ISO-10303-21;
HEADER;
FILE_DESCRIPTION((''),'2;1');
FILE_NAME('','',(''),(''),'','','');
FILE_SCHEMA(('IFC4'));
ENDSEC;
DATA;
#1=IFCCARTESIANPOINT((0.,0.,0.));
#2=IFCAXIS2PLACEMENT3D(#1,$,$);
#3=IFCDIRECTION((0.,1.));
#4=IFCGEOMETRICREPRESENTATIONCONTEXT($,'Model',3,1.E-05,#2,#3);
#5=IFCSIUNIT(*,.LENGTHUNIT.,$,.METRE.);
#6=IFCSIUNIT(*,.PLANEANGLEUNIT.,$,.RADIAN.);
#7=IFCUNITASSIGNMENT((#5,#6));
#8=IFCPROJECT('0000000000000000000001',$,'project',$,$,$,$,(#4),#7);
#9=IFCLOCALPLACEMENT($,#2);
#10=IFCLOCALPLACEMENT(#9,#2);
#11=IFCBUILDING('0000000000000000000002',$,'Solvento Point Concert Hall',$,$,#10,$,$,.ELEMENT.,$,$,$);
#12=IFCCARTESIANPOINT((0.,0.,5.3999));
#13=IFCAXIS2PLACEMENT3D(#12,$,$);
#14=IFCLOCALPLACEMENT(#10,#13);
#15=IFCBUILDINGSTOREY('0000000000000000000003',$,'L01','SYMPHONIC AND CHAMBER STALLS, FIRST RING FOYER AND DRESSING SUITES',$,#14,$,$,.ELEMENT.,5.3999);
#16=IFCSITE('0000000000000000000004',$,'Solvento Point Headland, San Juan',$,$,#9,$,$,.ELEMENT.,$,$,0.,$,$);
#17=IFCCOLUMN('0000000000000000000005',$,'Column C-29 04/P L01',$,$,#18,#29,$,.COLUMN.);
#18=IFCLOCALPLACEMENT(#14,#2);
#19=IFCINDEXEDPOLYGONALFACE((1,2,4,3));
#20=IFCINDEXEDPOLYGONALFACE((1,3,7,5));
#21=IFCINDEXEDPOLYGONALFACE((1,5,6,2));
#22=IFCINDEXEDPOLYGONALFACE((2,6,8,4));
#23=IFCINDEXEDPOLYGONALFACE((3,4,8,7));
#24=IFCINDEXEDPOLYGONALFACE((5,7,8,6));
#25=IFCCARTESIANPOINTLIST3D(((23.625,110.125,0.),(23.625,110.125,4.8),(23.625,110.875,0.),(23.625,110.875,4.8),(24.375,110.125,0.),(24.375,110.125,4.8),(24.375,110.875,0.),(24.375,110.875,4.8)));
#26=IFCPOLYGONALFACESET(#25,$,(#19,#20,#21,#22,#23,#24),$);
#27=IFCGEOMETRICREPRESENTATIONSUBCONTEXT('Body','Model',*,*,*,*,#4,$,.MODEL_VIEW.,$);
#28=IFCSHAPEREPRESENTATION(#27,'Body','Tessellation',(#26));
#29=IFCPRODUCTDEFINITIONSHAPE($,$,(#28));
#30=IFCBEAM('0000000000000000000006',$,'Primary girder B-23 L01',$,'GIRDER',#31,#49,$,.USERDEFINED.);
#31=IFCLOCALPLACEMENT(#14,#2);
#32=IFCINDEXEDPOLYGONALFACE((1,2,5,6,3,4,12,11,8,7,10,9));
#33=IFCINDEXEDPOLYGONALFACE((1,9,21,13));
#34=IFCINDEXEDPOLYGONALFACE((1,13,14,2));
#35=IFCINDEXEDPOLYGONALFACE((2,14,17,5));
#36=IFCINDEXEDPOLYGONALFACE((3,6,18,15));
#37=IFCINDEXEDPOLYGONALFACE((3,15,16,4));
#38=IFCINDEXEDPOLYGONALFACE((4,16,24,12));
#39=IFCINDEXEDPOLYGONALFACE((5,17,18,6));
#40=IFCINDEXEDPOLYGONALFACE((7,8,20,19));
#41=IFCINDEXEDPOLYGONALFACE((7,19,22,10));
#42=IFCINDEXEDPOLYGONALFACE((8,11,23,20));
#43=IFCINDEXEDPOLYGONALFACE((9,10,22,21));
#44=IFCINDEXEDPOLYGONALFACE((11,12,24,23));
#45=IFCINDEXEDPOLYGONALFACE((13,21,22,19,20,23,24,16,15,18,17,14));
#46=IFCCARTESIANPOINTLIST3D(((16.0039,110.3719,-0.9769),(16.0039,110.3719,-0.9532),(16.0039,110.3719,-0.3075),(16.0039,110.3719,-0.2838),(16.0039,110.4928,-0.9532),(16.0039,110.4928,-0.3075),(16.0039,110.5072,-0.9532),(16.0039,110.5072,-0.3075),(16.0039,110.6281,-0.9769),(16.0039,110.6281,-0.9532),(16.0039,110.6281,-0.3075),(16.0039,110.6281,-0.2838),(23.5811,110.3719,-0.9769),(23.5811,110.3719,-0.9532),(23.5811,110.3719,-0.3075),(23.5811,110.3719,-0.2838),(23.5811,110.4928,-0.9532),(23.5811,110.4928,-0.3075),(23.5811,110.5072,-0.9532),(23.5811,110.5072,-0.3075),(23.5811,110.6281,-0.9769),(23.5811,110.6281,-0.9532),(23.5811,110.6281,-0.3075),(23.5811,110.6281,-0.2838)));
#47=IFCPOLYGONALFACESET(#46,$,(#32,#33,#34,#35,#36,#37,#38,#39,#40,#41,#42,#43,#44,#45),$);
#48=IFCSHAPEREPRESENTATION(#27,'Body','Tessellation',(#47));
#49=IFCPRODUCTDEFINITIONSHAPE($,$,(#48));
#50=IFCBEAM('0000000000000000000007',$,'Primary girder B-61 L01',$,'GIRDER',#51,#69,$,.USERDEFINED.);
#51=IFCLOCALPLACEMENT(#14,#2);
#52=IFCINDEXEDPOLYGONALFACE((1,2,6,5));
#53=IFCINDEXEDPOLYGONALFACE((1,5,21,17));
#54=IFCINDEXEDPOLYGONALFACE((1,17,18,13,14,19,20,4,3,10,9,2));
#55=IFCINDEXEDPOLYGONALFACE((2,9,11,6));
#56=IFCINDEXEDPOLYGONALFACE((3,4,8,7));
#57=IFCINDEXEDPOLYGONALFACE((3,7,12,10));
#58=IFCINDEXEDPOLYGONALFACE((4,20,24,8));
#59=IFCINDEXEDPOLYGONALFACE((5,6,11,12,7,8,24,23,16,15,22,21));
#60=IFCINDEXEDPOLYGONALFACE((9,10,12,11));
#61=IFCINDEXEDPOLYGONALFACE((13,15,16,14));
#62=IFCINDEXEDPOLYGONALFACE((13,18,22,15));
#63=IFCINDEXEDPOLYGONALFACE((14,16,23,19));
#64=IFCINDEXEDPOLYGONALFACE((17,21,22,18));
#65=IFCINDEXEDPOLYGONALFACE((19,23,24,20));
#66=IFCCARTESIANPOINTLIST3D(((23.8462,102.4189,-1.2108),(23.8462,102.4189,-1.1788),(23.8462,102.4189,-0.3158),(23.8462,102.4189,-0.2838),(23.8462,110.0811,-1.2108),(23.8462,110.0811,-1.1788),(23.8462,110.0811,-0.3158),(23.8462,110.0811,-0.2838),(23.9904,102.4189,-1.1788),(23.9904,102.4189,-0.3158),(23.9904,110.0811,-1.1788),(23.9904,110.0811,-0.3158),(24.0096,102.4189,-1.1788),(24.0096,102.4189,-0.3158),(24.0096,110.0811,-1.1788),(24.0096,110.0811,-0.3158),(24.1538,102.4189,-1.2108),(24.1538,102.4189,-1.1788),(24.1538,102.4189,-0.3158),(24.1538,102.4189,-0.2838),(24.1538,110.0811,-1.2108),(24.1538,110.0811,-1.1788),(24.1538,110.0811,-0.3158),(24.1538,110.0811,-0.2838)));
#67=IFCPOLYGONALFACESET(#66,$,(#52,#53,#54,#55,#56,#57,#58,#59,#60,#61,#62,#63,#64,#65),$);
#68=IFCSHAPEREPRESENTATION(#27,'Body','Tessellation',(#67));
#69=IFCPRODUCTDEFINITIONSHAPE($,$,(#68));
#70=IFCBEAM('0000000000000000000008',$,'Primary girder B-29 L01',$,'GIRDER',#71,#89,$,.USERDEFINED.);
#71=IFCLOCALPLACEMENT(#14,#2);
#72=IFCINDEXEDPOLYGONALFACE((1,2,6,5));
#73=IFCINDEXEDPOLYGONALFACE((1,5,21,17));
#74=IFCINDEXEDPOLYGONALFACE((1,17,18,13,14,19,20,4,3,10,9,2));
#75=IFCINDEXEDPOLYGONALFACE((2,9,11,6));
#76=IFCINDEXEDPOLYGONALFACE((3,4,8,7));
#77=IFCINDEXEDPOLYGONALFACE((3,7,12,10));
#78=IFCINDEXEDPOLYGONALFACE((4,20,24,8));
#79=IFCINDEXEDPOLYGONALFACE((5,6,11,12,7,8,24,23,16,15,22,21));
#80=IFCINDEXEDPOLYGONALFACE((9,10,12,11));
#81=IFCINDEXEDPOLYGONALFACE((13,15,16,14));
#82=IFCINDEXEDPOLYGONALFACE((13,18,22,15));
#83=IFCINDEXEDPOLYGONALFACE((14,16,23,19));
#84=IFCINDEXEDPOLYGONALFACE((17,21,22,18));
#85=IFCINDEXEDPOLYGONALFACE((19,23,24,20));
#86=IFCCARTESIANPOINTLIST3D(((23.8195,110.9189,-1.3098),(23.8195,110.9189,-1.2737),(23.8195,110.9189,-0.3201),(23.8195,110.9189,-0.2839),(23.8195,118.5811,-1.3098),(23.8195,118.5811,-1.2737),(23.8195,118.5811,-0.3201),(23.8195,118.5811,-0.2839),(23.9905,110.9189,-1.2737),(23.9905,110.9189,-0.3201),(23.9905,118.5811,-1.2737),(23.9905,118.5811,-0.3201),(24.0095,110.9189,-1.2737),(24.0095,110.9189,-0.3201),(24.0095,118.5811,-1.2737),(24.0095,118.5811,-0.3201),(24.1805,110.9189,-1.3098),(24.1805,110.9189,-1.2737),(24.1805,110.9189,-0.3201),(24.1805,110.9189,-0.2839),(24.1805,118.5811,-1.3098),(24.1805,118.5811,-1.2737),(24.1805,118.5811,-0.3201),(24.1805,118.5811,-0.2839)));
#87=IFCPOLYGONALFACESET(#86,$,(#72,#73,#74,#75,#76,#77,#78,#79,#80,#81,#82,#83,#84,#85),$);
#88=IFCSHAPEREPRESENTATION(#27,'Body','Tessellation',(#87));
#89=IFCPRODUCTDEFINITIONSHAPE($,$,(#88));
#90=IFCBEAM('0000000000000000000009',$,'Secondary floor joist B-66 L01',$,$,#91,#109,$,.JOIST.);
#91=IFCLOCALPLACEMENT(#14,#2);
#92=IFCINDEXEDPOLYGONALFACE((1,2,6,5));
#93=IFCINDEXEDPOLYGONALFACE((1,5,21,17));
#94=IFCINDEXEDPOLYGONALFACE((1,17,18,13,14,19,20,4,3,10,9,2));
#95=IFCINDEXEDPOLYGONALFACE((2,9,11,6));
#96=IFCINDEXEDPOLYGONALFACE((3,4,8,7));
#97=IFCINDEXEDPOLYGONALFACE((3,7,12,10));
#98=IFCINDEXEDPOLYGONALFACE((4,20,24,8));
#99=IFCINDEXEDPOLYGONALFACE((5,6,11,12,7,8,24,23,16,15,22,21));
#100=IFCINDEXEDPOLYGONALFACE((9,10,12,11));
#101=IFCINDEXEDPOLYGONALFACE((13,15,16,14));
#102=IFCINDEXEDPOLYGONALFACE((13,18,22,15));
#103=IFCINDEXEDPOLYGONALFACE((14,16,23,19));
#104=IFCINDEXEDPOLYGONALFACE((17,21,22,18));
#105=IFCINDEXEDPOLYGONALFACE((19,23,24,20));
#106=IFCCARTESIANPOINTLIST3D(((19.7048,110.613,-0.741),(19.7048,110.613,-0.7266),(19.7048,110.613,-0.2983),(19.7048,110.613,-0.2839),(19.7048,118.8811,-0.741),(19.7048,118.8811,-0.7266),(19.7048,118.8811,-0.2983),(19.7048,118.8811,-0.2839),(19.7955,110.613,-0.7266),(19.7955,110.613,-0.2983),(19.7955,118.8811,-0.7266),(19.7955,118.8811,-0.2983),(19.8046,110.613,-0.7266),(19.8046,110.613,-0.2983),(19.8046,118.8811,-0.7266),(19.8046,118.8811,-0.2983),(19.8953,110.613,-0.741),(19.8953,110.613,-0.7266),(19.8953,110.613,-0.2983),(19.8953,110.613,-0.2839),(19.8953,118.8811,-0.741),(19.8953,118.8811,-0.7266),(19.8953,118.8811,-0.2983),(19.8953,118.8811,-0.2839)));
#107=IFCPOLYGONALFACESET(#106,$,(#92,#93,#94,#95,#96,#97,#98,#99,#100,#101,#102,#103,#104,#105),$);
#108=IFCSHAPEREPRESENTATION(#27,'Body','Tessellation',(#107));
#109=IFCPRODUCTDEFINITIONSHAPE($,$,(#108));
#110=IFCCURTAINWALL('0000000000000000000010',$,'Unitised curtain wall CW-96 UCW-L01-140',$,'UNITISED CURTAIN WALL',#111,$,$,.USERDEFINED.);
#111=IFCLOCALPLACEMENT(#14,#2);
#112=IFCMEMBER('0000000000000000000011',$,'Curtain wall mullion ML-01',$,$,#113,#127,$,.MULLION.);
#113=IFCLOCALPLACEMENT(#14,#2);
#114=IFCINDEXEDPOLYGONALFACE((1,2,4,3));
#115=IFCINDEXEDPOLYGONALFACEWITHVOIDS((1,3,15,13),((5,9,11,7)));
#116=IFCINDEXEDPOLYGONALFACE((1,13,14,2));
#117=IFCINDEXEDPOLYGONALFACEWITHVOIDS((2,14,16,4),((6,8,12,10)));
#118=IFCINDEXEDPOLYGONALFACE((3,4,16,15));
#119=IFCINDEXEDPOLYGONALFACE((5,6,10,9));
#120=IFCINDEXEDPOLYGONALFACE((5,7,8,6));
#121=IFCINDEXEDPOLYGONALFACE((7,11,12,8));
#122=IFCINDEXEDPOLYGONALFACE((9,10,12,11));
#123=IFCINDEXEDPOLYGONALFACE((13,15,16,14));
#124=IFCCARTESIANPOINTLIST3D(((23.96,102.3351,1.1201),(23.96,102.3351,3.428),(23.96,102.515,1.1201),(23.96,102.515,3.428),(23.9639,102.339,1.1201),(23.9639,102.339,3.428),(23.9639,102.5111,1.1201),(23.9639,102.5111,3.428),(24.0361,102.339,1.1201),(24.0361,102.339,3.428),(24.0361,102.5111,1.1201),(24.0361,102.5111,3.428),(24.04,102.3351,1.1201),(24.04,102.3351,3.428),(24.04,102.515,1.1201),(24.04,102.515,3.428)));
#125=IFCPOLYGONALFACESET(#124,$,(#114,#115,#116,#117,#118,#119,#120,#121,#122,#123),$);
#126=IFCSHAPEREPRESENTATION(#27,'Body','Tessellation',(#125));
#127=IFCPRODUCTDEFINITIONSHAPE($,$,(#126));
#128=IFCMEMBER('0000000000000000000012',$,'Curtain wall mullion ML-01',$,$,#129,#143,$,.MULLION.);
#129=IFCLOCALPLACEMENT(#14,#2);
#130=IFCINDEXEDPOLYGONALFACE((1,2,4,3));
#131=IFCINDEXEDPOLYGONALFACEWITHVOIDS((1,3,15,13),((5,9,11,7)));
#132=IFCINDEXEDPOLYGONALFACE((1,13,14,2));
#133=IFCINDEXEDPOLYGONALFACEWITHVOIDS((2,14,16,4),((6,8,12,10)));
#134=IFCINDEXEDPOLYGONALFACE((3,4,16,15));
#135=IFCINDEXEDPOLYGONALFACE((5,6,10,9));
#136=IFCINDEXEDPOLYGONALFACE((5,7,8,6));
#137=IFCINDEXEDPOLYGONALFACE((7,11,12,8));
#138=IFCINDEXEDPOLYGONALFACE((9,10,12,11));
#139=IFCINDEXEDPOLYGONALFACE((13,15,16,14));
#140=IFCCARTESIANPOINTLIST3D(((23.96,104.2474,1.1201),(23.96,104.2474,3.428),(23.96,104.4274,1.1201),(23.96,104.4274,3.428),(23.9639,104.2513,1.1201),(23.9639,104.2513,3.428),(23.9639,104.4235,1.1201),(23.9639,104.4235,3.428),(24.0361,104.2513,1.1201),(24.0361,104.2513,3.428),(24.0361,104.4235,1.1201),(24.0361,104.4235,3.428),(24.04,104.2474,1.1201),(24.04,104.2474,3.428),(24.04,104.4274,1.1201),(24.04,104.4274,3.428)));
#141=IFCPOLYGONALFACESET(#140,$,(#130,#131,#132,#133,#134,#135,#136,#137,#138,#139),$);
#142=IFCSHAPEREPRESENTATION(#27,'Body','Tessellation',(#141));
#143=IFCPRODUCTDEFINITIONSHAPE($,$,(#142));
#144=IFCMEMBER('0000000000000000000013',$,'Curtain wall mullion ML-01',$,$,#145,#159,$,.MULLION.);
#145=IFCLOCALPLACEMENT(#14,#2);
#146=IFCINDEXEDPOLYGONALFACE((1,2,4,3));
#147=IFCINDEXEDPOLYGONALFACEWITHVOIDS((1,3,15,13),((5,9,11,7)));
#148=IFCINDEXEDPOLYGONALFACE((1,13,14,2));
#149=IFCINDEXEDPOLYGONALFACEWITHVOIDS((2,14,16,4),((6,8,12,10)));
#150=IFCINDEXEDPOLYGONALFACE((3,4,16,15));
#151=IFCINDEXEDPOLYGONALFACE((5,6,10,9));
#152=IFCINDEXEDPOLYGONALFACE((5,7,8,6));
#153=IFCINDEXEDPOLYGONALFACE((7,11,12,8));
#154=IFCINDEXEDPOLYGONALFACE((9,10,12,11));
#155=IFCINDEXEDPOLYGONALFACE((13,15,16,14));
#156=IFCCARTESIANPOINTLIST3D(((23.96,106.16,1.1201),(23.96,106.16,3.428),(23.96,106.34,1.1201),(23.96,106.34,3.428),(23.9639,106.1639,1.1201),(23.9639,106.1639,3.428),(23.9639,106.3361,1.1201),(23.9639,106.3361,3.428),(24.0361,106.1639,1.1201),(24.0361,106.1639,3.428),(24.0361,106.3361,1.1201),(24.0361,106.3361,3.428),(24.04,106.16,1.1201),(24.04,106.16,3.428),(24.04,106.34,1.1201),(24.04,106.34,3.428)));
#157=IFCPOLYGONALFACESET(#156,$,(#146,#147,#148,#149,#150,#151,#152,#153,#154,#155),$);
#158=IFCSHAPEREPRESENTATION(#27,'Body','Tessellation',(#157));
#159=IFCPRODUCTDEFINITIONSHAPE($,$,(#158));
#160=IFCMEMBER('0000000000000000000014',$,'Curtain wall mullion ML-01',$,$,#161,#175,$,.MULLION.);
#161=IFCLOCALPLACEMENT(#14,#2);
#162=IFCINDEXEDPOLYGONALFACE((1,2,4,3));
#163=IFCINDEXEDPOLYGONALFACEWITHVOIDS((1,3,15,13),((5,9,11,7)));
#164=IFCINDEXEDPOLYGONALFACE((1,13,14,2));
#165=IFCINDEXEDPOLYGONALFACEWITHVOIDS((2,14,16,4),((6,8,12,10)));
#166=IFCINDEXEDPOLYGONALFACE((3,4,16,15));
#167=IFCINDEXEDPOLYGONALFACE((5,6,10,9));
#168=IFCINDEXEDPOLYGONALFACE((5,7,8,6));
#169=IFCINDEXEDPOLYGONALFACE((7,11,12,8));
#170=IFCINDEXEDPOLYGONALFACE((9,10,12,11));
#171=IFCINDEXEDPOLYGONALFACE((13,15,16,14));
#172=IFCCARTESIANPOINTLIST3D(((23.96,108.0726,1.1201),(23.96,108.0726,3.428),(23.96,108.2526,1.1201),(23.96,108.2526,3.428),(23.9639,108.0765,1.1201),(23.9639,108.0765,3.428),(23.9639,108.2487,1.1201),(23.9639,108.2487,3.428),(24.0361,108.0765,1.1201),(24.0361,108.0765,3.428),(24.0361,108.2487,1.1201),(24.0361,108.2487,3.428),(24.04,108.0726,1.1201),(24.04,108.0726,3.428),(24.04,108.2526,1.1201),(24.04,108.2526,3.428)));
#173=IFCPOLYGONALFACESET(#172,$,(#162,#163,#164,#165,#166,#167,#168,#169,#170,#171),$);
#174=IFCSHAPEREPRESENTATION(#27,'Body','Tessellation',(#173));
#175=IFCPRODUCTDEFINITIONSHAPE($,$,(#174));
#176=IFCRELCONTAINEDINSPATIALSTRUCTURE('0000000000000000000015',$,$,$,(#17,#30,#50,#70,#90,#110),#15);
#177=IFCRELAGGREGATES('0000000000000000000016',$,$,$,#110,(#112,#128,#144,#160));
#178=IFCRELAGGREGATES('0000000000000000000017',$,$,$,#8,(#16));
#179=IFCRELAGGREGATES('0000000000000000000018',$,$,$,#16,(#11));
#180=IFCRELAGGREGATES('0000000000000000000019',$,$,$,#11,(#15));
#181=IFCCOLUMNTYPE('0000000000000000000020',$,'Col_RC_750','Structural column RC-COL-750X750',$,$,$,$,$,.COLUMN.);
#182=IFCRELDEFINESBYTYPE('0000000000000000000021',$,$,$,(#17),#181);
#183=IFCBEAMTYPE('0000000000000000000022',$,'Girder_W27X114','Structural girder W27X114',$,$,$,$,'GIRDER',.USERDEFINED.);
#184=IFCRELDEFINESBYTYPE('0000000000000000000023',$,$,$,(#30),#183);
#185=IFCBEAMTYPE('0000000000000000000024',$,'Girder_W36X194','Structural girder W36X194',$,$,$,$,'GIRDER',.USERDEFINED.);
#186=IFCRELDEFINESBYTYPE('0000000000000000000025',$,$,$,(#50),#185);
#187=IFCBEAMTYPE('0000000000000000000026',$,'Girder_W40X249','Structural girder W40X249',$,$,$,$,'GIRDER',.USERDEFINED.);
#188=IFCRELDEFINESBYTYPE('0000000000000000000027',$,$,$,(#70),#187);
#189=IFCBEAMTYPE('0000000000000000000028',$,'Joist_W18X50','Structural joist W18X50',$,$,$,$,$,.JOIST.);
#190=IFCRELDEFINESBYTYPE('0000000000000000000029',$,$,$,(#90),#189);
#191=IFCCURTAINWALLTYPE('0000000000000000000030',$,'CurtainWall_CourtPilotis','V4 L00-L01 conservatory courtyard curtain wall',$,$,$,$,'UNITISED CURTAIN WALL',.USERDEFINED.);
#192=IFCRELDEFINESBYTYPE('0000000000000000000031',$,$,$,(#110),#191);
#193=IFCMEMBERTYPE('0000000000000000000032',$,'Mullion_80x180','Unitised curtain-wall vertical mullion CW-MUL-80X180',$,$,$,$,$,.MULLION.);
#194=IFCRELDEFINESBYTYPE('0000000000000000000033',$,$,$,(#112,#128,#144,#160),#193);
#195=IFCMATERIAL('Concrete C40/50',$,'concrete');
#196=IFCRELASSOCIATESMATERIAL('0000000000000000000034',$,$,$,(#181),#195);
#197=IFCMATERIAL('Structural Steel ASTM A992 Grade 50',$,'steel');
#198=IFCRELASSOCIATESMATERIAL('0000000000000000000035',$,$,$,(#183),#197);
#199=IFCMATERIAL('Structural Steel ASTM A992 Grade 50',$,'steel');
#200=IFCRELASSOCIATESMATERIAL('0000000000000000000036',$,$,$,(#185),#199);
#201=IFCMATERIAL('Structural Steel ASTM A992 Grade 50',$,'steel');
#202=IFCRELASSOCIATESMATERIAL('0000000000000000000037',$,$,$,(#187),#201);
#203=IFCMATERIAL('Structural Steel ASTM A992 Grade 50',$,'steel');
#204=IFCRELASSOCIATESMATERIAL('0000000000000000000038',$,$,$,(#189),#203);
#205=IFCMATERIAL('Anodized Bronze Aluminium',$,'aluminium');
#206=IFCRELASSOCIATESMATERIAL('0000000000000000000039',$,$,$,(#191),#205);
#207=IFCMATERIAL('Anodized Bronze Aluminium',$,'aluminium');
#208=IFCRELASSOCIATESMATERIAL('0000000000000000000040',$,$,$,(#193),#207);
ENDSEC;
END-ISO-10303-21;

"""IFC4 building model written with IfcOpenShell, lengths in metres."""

from ifc_helpers import new_model, si_unit, direction, frame, origin, origin_2d, place, context, subcontext, project, spatial, rectangle, hollow_rectangle, i_section, extrude, material, material_profile, profile_set, type_object, element, aggregate, save


model = new_model("IFC4")

# Units and contexts
model_context = context("Model", 3, precision=1e-05, world=origin(), true_north=direction((0.0, 1.0)))
body_context = subcontext(model_context, "Body", "Model", "MODEL_VIEW")
ifc_project = project(units=[si_unit("LENGTHUNIT", "METRE"), si_unit("PLANEANGLEUNIT", "RADIAN")], contexts=[model_context])

# Site, building, storey
site_placement = place(None, origin())
site = spatial("IfcSite", under=ifc_project, at=site_placement, Name="Solvento Point Headland, San Juan", CompositionType="ELEMENT", RefElevation=0.0)
building_placement = place(site_placement, origin())
building = spatial("IfcBuilding", under=site, at=building_placement, Name="Solvento Point Concert Hall", CompositionType="ELEMENT")
storey_placement = place(building_placement, frame((0.0, 0.0, 5.3999)))
storey = spatial("IfcBuildingStorey", under=building, at=storey_placement, Name="L01", Description="SYMPHONIC AND CHAMBER STALLS, FIRST RING FOYER AND DRESSING SUITES", CompositionType="ELEMENT", Elevation=5.3999)

# Column
ifc_material_1 = material(Name="Concrete C40/50", Category="concrete")
ifc_material_profile_1 = material_profile(ifc_material_1, rectangle(XDim=0.75, YDim=0.75, at=origin_2d()), Name="RC-COL-750X750")
ifc_profile_set_1 = profile_set([ifc_material_profile_1], Name="Concrete C40/50")
column_type = type_object("IfcColumnType", Name="Col_RC_750", Description="Structural column RC-COL-750X750", PredefinedType="COLUMN", material=ifc_profile_set_1)
column_placement = place(storey_placement, frame((24.0, 110.5, 0.0), z_axis=(0.0, 0.0, 1.0), x_axis=(1.0, 0.0, 0.0)))
element("IfcColumn", 1, at=column_placement, inside=storey, type_object=column_type, Name="Column C-29 04/P L01", PredefinedType="COLUMN", context=body_context, shape_type="SweptSolid", body=[
    extrude(rectangle(XDim=0.75, YDim=0.75, at=origin_2d()), origin(), (0.0, 0.0, 1.0), 4.8),
])

# Beams
ifc_material_2 = material(Name="Structural Steel ASTM A992 Grade 50", Category="steel")
ifc_material_profile_2 = material_profile(ifc_material_2, i_section(OverallWidth=0.2561, OverallDepth=0.6931, WebThickness=0.0144, FlangeThickness=0.0237, at=origin_2d()), Name="W27X114")
ifc_profile_set_2 = profile_set([ifc_material_profile_2], Name="Structural Steel ASTM A992 Grade 50")
beam_type_1 = type_object("IfcBeamType", Name="Girder_W27X114", Description="Structural girder W27X114", ElementType="GIRDER", PredefinedType="USERDEFINED", material=ifc_profile_set_2)
beam_1_placement = place(storey_placement, frame((16.0039, 110.5, -0.6304), z_axis=(1.0, 0.0, 0.0), x_axis=(0.0, 1.0, 0.0)))
element("IfcBeam", 2, at=beam_1_placement, inside=storey, type_object=beam_type_1, Name="Primary girder B-23 L01", ObjectType="GIRDER", PredefinedType="USERDEFINED", context=body_context, shape_type="SweptSolid", body=[
    extrude(i_section(OverallWidth=0.2561, OverallDepth=0.6931, WebThickness=0.0144, FlangeThickness=0.0237, at=origin_2d()), origin(), (0.0, 0.0, 1.0), 7.5771),
])
ifc_material_3 = material(Name="Structural Steel ASTM A992 Grade 50", Category="steel")
ifc_material_profile_3 = material_profile(ifc_material_3, i_section(OverallWidth=0.3076, OverallDepth=0.927, WebThickness=0.0193, FlangeThickness=0.032, at=origin_2d()), Name="W36X194")
ifc_profile_set_3 = profile_set([ifc_material_profile_3], Name="Structural Steel ASTM A992 Grade 50")
beam_type_2 = type_object("IfcBeamType", Name="Girder_W36X194", Description="Structural girder W36X194", ElementType="GIRDER", PredefinedType="USERDEFINED", material=ifc_profile_set_3)
beam_2_placement = place(storey_placement, frame((24.0, 102.4189, -0.7473), z_axis=(0.0, 1.0, 0.0), x_axis=(-1.0, 0.0, 0.0)))
element("IfcBeam", 3, at=beam_2_placement, inside=storey, type_object=beam_type_2, Name="Primary girder B-61 L01", ObjectType="GIRDER", PredefinedType="USERDEFINED", context=body_context, shape_type="SweptSolid", body=[
    extrude(i_section(OverallWidth=0.3076, OverallDepth=0.927, WebThickness=0.0193, FlangeThickness=0.032, at=origin_2d()), origin(), (0.0, 0.0, 1.0), 7.6621),
])
ifc_material_4 = material(Name="Structural Steel ASTM A992 Grade 50", Category="steel")
ifc_material_profile_4 = material_profile(ifc_material_4, i_section(OverallWidth=0.3611, OverallDepth=1.0259, WebThickness=0.019, FlangeThickness=0.0361, at=origin_2d()), Name="W40X249")
ifc_profile_set_4 = profile_set([ifc_material_profile_4], Name="Structural Steel ASTM A992 Grade 50")
beam_type_3 = type_object("IfcBeamType", Name="Girder_W40X249", Description="Structural girder W40X249", ElementType="GIRDER", PredefinedType="USERDEFINED", material=ifc_profile_set_4)
beam_3_placement = place(storey_placement, frame((24.0, 110.9189, -0.7969), z_axis=(0.0, 1.0, 0.0), x_axis=(-1.0, 0.0, 0.0)))
element("IfcBeam", 4, at=beam_3_placement, inside=storey, type_object=beam_type_3, Name="Primary girder B-29 L01", ObjectType="GIRDER", PredefinedType="USERDEFINED", context=body_context, shape_type="SweptSolid", body=[
    extrude(i_section(OverallWidth=0.3611, OverallDepth=1.0259, WebThickness=0.019, FlangeThickness=0.0361, at=origin_2d()), origin(), (0.0, 0.0, 1.0), 7.6621),
])
ifc_material_5 = material(Name="Structural Steel ASTM A992 Grade 50", Category="steel")
ifc_material_profile_5 = material_profile(ifc_material_5, i_section(OverallWidth=0.1904, OverallDepth=0.457, WebThickness=0.009, FlangeThickness=0.0144, at=origin_2d()), Name="W18X50")
ifc_profile_set_5 = profile_set([ifc_material_profile_5], Name="Structural Steel ASTM A992 Grade 50")
beam_type_4 = type_object("IfcBeamType", Name="Joist_W18X50", Description="Structural joist W18X50", PredefinedType="JOIST", material=ifc_profile_set_5)
beam_4_placement = place(storey_placement, frame((19.8, 110.613, -0.5125), z_axis=(0.0, 1.0, 0.0), x_axis=(-1.0, 0.0, 0.0)))
element("IfcBeam", 5, at=beam_4_placement, inside=storey, type_object=beam_type_4, Name="Secondary floor joist B-66 L01", PredefinedType="JOIST", context=body_context, shape_type="SweptSolid", body=[
    extrude(i_section(OverallWidth=0.1904, OverallDepth=0.457, WebThickness=0.009, FlangeThickness=0.0144, at=origin_2d()), origin(), (0.0, 0.0, 1.0), 8.2681),
])

# Curtain wall, members
ifc_material_6 = material(Name="Anodized Bronze Aluminium", Category="aluminium")
curtain_wall_type = type_object("IfcCurtainWallType", Name="CurtainWall_CourtPilotis", Description="V4 L00-L01 conservatory courtyard curtain wall", ElementType="UNITISED CURTAIN WALL", PredefinedType="USERDEFINED", material=ifc_material_6)
curtain_wall_1_placement = place(storey_placement, origin())
curtain_wall_1 = element("IfcCurtainWall", 6, at=curtain_wall_1_placement, inside=storey, type_object=curtain_wall_type, Name="Unitised curtain wall CW-96 UCW-L01-140", ObjectType="UNITISED CURTAIN WALL", PredefinedType="USERDEFINED")
ifc_material_7 = material(Name="Anodized Bronze Aluminium", Category="aluminium")
ifc_material_profile_6 = material_profile(ifc_material_7, hollow_rectangle(XDim=0.0801, YDim=0.1799, WallThickness=0.0039, at=origin_2d()), Name="CW-MUL-80X180")
ifc_profile_set_6 = profile_set([ifc_material_profile_6], Name="Anodized Bronze Aluminium")
member_type_1 = type_object("IfcMemberType", Name="Mullion_80x180", Description="Unitised curtain-wall vertical mullion CW-MUL-80X180", PredefinedType="MULLION", material=ifc_profile_set_6)
member_1_placement = place(storey_placement, frame((24.0, 102.425, 1.1201), z_axis=(0.0, 0.0, 1.0), x_axis=(1.0, 0.0, 0.0)))
member_1 = element("IfcMember", 7, at=member_1_placement, type_object=member_type_1, Name="Curtain wall mullion ML-01", PredefinedType="MULLION", context=body_context, shape_type="SweptSolid", body=[
    extrude(hollow_rectangle(XDim=0.0801, YDim=0.1799, WallThickness=0.0039, at=origin_2d()), origin(), (0.0, 0.0, 1.0), 2.3079),
])
member_2_placement = place(storey_placement, frame((24.0, 104.3374, 1.1201), z_axis=(0.0, 0.0, 1.0), x_axis=(1.0, 0.0, 0.0)))
member_2 = element("IfcMember", 8, at=member_2_placement, type_object=member_type_1, Name="Curtain wall mullion ML-01", PredefinedType="MULLION", context=body_context, shape_type="SweptSolid", body=[
    extrude(hollow_rectangle(XDim=0.0801, YDim=0.1799, WallThickness=0.0039, at=origin_2d()), origin(), (0.0, 0.0, 1.0), 2.3079),
])
member_3_placement = place(storey_placement, frame((24.0, 106.25, 1.1201), z_axis=(0.0, 0.0, 1.0), x_axis=(1.0, 0.0, 0.0)))
member_3 = element("IfcMember", 9, at=member_3_placement, type_object=member_type_1, Name="Curtain wall mullion ML-01", PredefinedType="MULLION", context=body_context, shape_type="SweptSolid", body=[
    extrude(hollow_rectangle(XDim=0.0801, YDim=0.1799, WallThickness=0.0039, at=origin_2d()), origin(), (0.0, 0.0, 1.0), 2.3079),
])
member_4_placement = place(storey_placement, frame((24.0, 108.1626, 1.1201), z_axis=(0.0, 0.0, 1.0), x_axis=(1.0, 0.0, 0.0)))
member_4 = element("IfcMember", 10, at=member_4_placement, type_object=member_type_1, Name="Curtain wall mullion ML-01", PredefinedType="MULLION", context=body_context, shape_type="SweptSolid", body=[
    extrude(hollow_rectangle(XDim=0.0801, YDim=0.1799, WallThickness=0.0039, at=origin_2d()), origin(), (0.0, 0.0, 1.0), 2.3079),
])

aggregate(curtain_wall_1, [member_1, member_2, member_3, member_4])

save(model, "model.ifc")
